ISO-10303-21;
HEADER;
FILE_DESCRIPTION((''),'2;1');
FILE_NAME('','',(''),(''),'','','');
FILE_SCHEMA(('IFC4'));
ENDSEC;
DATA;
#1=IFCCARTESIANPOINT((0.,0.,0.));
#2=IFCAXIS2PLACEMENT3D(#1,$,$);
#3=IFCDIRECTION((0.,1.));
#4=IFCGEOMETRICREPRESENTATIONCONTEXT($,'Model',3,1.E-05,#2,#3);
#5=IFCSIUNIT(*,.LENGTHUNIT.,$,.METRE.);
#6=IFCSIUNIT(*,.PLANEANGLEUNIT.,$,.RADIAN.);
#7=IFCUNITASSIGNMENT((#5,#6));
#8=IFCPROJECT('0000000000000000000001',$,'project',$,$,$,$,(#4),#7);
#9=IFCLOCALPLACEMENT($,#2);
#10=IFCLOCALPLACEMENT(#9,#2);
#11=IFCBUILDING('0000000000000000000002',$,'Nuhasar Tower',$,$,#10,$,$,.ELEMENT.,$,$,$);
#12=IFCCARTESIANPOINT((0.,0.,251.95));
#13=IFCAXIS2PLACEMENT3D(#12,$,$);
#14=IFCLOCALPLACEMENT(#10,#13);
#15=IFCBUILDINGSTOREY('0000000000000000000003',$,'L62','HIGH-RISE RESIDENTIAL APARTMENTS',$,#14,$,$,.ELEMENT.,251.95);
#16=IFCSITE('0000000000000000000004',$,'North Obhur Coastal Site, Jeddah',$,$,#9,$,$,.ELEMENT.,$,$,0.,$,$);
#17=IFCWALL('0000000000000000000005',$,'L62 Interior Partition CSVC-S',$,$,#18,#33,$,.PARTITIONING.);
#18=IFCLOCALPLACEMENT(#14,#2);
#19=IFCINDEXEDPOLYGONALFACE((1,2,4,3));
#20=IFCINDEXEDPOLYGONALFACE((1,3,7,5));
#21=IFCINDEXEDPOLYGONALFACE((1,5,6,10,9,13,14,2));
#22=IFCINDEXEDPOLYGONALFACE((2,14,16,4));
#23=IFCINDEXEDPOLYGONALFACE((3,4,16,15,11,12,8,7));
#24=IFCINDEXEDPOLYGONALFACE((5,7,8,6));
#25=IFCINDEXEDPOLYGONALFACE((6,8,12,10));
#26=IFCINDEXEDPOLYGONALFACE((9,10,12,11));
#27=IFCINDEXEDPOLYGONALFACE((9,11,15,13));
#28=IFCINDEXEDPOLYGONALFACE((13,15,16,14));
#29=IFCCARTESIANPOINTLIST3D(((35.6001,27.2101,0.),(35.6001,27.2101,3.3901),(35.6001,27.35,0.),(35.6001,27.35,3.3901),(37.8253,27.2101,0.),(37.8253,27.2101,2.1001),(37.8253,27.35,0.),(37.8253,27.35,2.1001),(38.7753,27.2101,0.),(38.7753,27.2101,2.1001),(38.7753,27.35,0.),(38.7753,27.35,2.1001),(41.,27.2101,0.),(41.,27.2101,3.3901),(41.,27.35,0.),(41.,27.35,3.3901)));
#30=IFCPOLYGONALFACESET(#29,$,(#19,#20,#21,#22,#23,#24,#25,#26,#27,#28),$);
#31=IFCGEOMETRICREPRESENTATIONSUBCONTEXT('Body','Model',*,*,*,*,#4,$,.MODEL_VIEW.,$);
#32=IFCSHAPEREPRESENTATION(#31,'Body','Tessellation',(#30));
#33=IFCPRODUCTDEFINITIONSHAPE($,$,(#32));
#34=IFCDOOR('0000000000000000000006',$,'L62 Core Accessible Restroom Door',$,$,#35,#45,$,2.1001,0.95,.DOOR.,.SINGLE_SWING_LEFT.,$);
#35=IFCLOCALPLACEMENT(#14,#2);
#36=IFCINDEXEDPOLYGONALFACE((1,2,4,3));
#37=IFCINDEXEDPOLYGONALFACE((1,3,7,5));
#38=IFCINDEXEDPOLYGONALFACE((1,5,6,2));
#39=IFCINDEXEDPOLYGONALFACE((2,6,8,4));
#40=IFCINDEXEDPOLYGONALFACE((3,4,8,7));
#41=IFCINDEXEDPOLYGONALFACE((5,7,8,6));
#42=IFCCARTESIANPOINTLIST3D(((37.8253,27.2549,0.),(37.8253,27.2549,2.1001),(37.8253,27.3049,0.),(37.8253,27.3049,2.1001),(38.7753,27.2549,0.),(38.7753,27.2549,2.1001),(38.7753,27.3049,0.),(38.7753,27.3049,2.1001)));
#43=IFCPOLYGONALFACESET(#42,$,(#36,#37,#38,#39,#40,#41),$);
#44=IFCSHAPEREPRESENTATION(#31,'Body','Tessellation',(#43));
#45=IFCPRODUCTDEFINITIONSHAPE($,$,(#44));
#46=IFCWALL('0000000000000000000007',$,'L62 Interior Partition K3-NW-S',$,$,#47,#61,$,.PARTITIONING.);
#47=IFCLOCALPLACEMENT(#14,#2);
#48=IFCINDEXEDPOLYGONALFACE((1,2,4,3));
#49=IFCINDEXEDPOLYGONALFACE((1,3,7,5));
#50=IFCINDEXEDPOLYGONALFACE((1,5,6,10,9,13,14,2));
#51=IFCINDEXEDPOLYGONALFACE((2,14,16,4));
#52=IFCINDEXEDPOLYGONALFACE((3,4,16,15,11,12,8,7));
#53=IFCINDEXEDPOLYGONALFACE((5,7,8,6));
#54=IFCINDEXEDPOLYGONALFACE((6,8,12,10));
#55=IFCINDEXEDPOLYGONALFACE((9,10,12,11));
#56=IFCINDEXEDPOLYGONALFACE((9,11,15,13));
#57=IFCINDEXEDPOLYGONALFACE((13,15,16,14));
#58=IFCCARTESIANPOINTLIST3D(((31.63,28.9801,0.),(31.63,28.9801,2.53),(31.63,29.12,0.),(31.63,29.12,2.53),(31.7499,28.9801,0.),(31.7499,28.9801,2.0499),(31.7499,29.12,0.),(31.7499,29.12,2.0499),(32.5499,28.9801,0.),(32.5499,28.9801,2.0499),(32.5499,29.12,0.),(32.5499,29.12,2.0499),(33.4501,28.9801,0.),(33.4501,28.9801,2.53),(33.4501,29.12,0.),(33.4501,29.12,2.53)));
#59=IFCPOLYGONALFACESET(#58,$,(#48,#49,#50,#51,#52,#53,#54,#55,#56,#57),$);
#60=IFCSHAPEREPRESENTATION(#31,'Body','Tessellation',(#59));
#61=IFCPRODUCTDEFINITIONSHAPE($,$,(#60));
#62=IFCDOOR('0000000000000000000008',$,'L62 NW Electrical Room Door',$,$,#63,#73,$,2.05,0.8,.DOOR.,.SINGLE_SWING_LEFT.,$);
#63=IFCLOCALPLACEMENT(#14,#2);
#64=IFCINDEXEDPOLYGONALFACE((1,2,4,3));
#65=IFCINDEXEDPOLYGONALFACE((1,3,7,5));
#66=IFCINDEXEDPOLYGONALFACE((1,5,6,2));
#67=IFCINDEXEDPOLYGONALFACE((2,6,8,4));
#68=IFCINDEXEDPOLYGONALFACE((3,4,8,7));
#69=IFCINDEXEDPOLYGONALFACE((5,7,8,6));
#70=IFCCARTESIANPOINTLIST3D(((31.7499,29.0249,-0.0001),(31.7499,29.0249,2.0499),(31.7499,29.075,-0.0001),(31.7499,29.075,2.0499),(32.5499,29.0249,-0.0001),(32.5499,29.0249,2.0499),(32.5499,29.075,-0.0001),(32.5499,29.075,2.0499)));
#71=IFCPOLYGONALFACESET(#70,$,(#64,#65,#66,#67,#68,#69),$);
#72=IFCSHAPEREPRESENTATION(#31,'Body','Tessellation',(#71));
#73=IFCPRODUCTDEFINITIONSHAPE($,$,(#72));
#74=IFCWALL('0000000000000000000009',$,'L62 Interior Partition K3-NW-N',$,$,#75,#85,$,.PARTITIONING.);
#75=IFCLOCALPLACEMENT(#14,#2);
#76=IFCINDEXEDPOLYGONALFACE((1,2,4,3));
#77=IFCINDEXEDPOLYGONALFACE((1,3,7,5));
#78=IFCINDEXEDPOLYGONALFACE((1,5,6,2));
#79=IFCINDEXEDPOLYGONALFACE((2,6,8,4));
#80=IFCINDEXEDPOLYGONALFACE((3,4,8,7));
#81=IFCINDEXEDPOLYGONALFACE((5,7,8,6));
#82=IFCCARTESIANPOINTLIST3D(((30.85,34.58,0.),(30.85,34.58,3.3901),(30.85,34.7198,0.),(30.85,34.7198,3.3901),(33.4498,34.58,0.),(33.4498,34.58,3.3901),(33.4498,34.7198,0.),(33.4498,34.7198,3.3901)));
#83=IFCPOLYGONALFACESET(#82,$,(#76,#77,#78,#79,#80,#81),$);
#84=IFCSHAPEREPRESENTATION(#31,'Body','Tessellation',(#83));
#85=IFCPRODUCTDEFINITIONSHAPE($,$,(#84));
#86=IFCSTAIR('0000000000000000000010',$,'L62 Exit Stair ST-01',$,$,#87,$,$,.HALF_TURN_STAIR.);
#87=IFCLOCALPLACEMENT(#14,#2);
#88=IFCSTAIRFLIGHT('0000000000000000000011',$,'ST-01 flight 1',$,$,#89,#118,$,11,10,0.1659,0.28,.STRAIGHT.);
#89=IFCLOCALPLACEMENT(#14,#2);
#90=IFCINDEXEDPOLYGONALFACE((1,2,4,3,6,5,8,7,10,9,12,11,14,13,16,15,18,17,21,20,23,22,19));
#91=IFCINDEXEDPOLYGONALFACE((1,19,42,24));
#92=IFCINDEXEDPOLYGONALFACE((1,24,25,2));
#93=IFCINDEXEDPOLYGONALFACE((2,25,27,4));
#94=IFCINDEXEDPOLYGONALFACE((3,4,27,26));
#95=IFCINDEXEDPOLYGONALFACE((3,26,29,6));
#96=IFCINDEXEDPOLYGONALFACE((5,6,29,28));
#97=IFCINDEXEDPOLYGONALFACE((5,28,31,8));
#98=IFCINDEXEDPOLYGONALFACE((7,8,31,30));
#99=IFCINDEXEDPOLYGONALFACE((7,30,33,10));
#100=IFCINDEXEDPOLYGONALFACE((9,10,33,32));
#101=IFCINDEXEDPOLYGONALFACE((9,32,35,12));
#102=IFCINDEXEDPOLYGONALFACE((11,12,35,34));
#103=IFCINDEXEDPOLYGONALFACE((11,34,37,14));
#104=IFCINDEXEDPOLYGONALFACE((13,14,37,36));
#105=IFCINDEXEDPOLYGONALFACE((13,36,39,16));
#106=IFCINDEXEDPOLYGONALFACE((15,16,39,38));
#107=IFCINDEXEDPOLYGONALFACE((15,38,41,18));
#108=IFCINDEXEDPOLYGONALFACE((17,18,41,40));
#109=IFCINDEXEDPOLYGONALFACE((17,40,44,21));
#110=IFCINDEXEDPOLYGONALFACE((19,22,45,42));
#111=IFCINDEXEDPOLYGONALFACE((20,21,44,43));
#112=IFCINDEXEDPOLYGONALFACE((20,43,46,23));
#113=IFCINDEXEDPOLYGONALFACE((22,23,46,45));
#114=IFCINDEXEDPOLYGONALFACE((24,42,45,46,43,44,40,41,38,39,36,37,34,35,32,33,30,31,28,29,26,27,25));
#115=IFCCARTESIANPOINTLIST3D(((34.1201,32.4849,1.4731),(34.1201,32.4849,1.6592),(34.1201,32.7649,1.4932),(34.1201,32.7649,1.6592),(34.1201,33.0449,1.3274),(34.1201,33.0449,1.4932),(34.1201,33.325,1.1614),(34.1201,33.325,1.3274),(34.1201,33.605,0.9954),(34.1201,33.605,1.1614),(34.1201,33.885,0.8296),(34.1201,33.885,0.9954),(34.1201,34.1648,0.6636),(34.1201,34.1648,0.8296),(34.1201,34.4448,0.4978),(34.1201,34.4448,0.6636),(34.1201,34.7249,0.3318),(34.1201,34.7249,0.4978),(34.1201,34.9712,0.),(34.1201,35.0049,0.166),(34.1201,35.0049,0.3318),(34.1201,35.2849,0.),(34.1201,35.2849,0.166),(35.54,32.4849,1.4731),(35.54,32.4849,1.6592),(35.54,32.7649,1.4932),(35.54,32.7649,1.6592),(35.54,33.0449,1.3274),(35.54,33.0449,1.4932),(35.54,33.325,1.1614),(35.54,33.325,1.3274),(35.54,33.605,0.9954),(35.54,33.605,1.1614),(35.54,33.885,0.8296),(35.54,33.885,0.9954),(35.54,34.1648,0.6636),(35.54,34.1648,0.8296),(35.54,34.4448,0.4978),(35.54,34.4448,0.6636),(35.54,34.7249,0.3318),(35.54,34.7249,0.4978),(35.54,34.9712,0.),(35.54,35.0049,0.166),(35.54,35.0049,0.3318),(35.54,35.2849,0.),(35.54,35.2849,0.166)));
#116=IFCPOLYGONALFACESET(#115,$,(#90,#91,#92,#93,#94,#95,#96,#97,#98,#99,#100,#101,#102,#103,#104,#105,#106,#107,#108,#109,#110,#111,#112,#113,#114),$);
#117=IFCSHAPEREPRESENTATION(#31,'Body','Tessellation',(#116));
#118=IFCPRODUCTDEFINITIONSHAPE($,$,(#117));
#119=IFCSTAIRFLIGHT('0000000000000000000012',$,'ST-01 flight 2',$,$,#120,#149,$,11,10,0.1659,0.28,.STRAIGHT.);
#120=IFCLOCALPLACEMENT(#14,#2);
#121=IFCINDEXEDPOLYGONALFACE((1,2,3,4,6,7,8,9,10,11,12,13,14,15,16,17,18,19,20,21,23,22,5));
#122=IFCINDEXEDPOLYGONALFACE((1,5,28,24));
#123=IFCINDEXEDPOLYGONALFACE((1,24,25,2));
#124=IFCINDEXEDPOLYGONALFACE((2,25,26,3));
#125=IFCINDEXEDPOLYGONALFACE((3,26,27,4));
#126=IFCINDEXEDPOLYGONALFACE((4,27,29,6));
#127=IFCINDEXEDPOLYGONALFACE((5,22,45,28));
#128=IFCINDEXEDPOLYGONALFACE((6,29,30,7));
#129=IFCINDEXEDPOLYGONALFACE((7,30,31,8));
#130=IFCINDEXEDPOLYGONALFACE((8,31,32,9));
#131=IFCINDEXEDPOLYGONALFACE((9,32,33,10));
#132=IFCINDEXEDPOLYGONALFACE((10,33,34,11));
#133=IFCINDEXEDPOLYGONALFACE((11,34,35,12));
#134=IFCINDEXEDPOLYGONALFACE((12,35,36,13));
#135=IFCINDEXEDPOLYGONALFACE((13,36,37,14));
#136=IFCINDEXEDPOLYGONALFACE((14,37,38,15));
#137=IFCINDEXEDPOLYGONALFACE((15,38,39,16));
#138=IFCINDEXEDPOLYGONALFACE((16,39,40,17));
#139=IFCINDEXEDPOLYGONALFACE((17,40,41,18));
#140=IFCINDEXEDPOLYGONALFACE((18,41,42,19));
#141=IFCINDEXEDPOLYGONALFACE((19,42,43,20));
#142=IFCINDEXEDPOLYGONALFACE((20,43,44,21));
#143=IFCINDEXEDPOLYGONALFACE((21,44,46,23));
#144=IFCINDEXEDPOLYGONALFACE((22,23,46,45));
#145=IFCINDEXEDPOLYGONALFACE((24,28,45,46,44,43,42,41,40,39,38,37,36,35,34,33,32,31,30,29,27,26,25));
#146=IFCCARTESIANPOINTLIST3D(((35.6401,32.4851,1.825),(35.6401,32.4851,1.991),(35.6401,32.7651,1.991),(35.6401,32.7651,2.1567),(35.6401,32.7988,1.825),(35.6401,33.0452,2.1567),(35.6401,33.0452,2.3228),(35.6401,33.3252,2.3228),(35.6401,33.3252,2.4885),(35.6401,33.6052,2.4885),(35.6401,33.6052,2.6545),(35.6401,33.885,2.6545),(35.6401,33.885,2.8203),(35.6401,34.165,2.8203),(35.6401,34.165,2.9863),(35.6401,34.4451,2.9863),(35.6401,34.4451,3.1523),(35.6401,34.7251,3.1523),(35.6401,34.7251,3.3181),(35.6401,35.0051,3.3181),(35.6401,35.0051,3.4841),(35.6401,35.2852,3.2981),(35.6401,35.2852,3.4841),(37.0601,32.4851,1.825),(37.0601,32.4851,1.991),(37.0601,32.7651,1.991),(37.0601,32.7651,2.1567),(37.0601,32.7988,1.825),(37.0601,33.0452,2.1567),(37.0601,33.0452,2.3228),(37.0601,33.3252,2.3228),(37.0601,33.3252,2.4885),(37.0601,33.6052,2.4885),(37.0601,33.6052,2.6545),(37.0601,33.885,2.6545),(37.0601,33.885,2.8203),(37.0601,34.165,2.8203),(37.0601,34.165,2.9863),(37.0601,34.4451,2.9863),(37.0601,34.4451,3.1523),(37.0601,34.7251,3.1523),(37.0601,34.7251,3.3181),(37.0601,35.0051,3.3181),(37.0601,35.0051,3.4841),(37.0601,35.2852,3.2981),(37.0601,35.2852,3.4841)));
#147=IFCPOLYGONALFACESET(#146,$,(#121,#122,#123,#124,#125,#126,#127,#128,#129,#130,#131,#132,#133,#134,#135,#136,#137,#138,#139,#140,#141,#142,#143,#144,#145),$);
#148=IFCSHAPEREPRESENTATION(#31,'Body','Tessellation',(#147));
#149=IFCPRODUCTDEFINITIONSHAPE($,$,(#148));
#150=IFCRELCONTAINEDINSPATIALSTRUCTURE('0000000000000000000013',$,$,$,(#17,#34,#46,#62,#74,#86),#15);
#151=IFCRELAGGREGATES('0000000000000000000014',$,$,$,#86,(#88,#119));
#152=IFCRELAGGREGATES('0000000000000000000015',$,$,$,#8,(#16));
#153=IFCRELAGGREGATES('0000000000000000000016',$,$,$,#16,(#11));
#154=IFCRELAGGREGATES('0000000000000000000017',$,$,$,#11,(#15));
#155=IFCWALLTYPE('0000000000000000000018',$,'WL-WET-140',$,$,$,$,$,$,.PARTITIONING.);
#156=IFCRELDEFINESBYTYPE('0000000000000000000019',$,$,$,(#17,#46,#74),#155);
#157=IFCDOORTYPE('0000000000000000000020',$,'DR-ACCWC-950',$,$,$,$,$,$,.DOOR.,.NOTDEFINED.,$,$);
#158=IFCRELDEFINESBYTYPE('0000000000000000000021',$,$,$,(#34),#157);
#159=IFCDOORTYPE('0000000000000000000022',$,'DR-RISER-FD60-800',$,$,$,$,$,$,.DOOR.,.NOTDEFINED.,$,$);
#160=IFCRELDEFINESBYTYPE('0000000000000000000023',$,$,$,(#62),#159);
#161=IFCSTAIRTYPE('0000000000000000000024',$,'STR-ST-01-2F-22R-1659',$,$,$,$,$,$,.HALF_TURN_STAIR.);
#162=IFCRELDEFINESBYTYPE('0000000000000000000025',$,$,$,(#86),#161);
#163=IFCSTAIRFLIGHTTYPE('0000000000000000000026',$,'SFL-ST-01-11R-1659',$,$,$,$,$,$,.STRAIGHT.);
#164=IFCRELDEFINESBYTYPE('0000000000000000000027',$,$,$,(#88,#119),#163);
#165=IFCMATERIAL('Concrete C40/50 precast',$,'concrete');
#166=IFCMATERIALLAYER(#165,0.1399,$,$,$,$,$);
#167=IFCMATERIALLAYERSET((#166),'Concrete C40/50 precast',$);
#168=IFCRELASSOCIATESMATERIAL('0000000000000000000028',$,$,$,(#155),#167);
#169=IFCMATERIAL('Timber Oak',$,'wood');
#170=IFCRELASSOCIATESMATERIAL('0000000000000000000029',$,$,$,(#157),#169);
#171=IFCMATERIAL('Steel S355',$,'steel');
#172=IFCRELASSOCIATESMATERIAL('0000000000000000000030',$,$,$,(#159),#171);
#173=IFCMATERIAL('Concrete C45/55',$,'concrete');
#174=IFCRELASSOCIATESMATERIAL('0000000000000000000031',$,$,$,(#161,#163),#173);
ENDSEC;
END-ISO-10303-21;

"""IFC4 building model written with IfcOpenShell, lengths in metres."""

from ifc_helpers import new_model, si_unit, direction, frame, frame_2d, origin, place, context, subcontext, project, spatial, polyline, rectangle, outline, extrude, material, layer, layer_set, type_object, element, fill, aggregate, save


model = new_model("IFC4")

# Units and contexts
model_context = context("Model", 3, precision=1e-05, world=origin(), true_north=direction((0.0, 1.0)))
body_context = subcontext(model_context, "Body", "Model", "MODEL_VIEW")
ifc_project = project(units=[si_unit("LENGTHUNIT", "METRE"), si_unit("PLANEANGLEUNIT", "RADIAN")], contexts=[model_context])

# Site, building, storey
site_placement = place(None, origin())
site = spatial("IfcSite", under=ifc_project, at=site_placement, Name="North Obhur Coastal Site, Jeddah", CompositionType="ELEMENT", RefElevation=0.0)
building_placement = place(site_placement, origin())
building = spatial("IfcBuilding", under=site, at=building_placement, Name="Nuhasar Tower", CompositionType="ELEMENT")
storey_placement = place(building_placement, frame((0.0, 0.0, 251.95)))
storey = spatial("IfcBuildingStorey", under=building, at=storey_placement, Name="L62", Description="HIGH-RISE RESIDENTIAL APARTMENTS", CompositionType="ELEMENT", Elevation=251.95)

# Shared definitions
ifc_material_1 = material(Name="Steel S355", Category="steel")

# Shared definitions
ifc_material_2 = material(Name="Concrete C40/50 precast", Category="concrete")
ifc_layer_1 = layer(ifc_material_2, 0.1399)
ifc_layer_set_1 = layer_set([ifc_layer_1], Name="Concrete C40/50 precast")
wall_type_1 = type_object("IfcWallType", Name="WL-WET-140", PredefinedType="PARTITIONING", material=ifc_layer_set_1)

# Walls, openings, doors
wall_1_placement = place(storey_placement, frame((35.6001, 27.28, 0.0), z_axis=(0.0, 0.0, 1.0), x_axis=(1.0, 0.0, 0.0)))
wall_1 = element("IfcWall", 1, at=wall_1_placement, inside=storey, type_object=wall_type_1, Name="L62 Interior Partition CSVC-S", PredefinedType="PARTITIONING", context=body_context, shape_type="SweptSolid", body=[
    extrude(rectangle(XDim=5.3999, YDim=0.1399, at=frame_2d((2.7, 0.0))), origin(), (0.0, 0.0, 1.0), 3.3901),
])
opening_1_placement = place(wall_1_placement, frame((2.2251, 0.0, 0.0)))
opening_1 = element("IfcOpeningElement", 2, at=opening_1_placement, cuts=wall_1, PredefinedType="OPENING", context=body_context, shape_type="SweptSolid", body=[
    extrude(rectangle(XDim=0.95, YDim=2.1001, at=frame_2d((0.4751, 1.05))), frame((0.0, 0.0801, 0.0), z_axis=(0.0, -1.0, 0.0), x_axis=(1.0, 0.0, 0.0)), (0.0, 0.0, 1.0), 0.1599),
])
ifc_material_3 = material(Name="Timber Oak", Category="wood")
door_type_1 = type_object("IfcDoorType", Name="DR-ACCWC-950", OperationType="NOTDEFINED", PredefinedType="DOOR", material=ifc_material_3)
door_1_placement = place(opening_1_placement, origin())
door_1 = element("IfcDoor", 3, at=door_1_placement, inside=storey, type_object=door_type_1, Name="L62 Core Accessible Restroom Door", OperationType="SINGLE_SWING_LEFT", OverallHeight=2.1001, OverallWidth=0.95, PredefinedType="DOOR", context=body_context, shape_type="SweptSolid", body=[
    extrude(rectangle(XDim=0.95, YDim=2.1001, at=frame_2d((0.4751, 1.05))), frame((0.0, 0.0249, 0.0), z_axis=(0.0, -1.0, 0.0), x_axis=(1.0, 0.0, 0.0)), (0.0, 0.0, 1.0), 0.05),
])
fill(opening_1, door_1)
wall_2_placement = place(storey_placement, frame((31.6299, 29.05, 0.0), z_axis=(0.0, 0.0, 1.0), x_axis=(1.0, 0.0, 0.0)))
wall_2 = element("IfcWall", 4, at=wall_2_placement, inside=storey, type_object=wall_type_1, Name="L62 Interior Partition K3-NW-S", PredefinedType="PARTITIONING", context=body_context, shape_type="SweptSolid", body=[
    extrude(rectangle(XDim=1.8201, YDim=0.1399, at=frame_2d((0.9102, 0.0))), origin(), (0.0, 0.0, 1.0), 2.53),
])
opening_2_placement = place(wall_2_placement, frame((0.1201, 0.0, 0.0)))
opening_2 = element("IfcOpeningElement", 5, at=opening_2_placement, cuts=wall_2, PredefinedType="OPENING", context=body_context, shape_type="SweptSolid", body=[
    extrude(rectangle(XDim=0.8, YDim=2.05, at=frame_2d((0.3999, 1.0249))), frame((0.0, 0.0801, 0.0), z_axis=(0.0, -1.0, 0.0), x_axis=(1.0, 0.0, 0.0)), (0.0, 0.0, 1.0), 0.1599),
])
door_type_2 = type_object("IfcDoorType", Name="DR-RISER-FD60-800", OperationType="NOTDEFINED", PredefinedType="DOOR", material=ifc_material_1)
door_2_placement = place(opening_2_placement, origin())
door_2 = element("IfcDoor", 6, at=door_2_placement, inside=storey, type_object=door_type_2, Name="L62 NW Electrical Room Door", OperationType="SINGLE_SWING_LEFT", OverallHeight=2.05, OverallWidth=0.8, PredefinedType="DOOR", context=body_context, shape_type="SweptSolid", body=[
    extrude(rectangle(XDim=0.8, YDim=2.05, at=frame_2d((0.3999, 1.0249))), frame((0.0, 0.0249, 0.0), z_axis=(0.0, -1.0, 0.0), x_axis=(1.0, 0.0, 0.0)), (0.0, 0.0, 1.0), 0.05),
])
fill(opening_2, door_2)

# Wall
wall_3_placement = place(storey_placement, frame((30.8501, 34.6499, 0.0), z_axis=(0.0, 0.0, 1.0), x_axis=(1.0, 0.0, 0.0)))
element("IfcWall", 7, at=wall_3_placement, inside=storey, type_object=wall_type_1, Name="L62 Interior Partition K3-NW-N", PredefinedType="PARTITIONING", context=body_context, shape_type="SweptSolid", body=[
    extrude(rectangle(XDim=2.5999, YDim=0.1399, at=frame_2d((1.2998, 0.0))), origin(), (0.0, 0.0, 1.0), 3.3901),
])

# Stair, stair flights
ifc_material_4 = material(Name="Concrete C45/55", Category="concrete")
stair_type_1 = type_object("IfcStairType", Name="STR-ST-01-2F-22R-1659", PredefinedType="HALF_TURN_STAIR", material=ifc_material_4)
stair_1_placement = place(storey_placement, origin())
stair_1 = element("IfcStair", 8, at=stair_1_placement, inside=storey, type_object=stair_type_1, Name="L62 Exit Stair ST-01", PredefinedType="HALF_TURN_STAIR")
stair_flight_type_1 = type_object("IfcStairFlightType", Name="SFL-ST-01-11R-1659", PredefinedType="STRAIGHT", material=ifc_material_4)
stair_flight_1_placement = place(storey_placement, frame((34.8301, 35.2849, 0.0), z_axis=(0.0, 0.0, 1.0), x_axis=(0.0, -1.0, 0.0)))
stair_flight_1 = element("IfcStairFlight", 9, at=stair_flight_1_placement, type_object=stair_flight_type_1, Name="ST-01 flight 1", NumberOfRisers=11, NumberOfTreads=10, PredefinedType="STRAIGHT", RiserHeight=0.1659, TreadLength=0.28, context=body_context, shape_type="SweptSolid", body=[
    extrude(outline(polyline([(0.0, 0.0), (0.0, 0.166), (0.28, 0.166), (0.28, 0.3318), (0.5601, 0.3318), (0.5601, 0.4978), (0.8401, 0.4978), (0.8401, 0.6636), (1.1201, 0.6636), (1.1201, 0.8296), (1.3999, 0.8296), (1.3999, 0.9954), (1.6799, 0.9954), (1.6799, 1.1614), (1.96, 1.1614), (1.96, 1.3274), (2.24, 1.3274), (2.24, 1.4932), (2.52, 1.4932), (2.52, 1.6592), (2.8, 1.6592), (2.8, 1.825), (2.8, 1.4731), (0.3137, 0.0), (0.0, 0.0)])), frame((0.0, 0.71, 0.0), z_axis=(0.0, -1.0, 0.0), x_axis=(1.0, 0.0, 0.0)), (0.0, 0.0, 1.0), 1.4199),
])
stair_flight_2_placement = place(storey_placement, frame((36.3501, 32.4851, 1.825), z_axis=(0.0, 0.0, 1.0), x_axis=(0.0, 1.0, 0.0)))
stair_flight_2 = element("IfcStairFlight", 10, at=stair_flight_2_placement, type_object=stair_flight_type_1, Name="ST-01 flight 2", NumberOfRisers=11, NumberOfTreads=10, PredefinedType="STRAIGHT", RiserHeight=0.1659, TreadLength=0.28, context=body_context, shape_type="SweptSolid", body=[
    extrude(outline(polyline([(0.0, 0.0), (0.0, 0.166), (0.28, 0.166), (0.28, 0.3318), (0.5601, 0.3318), (0.5601, 0.4978), (0.8401, 0.4978), (0.8401, 0.6636), (1.1201, 0.6636), (1.1201, 0.8296), (1.3999, 0.8296), (1.3999, 0.9954), (1.6799, 0.9954), (1.6799, 1.1614), (1.96, 1.1614), (1.96, 1.3274), (2.24, 1.3274), (2.24, 1.4932), (2.52, 1.4932), (2.52, 1.6592), (2.8, 1.6592), (2.8, 1.825), (2.8, 1.4731), (0.3137, 0.0), (0.0, 0.0)])), frame((0.0, 0.71, 0.0), z_axis=(0.0, -1.0, 0.0), x_axis=(1.0, 0.0, 0.0)), (0.0, 0.0, 1.0), 1.4199),
])
aggregate(stair_1, [stair_flight_1, stair_flight_2])

save(model, "model.ifc")
